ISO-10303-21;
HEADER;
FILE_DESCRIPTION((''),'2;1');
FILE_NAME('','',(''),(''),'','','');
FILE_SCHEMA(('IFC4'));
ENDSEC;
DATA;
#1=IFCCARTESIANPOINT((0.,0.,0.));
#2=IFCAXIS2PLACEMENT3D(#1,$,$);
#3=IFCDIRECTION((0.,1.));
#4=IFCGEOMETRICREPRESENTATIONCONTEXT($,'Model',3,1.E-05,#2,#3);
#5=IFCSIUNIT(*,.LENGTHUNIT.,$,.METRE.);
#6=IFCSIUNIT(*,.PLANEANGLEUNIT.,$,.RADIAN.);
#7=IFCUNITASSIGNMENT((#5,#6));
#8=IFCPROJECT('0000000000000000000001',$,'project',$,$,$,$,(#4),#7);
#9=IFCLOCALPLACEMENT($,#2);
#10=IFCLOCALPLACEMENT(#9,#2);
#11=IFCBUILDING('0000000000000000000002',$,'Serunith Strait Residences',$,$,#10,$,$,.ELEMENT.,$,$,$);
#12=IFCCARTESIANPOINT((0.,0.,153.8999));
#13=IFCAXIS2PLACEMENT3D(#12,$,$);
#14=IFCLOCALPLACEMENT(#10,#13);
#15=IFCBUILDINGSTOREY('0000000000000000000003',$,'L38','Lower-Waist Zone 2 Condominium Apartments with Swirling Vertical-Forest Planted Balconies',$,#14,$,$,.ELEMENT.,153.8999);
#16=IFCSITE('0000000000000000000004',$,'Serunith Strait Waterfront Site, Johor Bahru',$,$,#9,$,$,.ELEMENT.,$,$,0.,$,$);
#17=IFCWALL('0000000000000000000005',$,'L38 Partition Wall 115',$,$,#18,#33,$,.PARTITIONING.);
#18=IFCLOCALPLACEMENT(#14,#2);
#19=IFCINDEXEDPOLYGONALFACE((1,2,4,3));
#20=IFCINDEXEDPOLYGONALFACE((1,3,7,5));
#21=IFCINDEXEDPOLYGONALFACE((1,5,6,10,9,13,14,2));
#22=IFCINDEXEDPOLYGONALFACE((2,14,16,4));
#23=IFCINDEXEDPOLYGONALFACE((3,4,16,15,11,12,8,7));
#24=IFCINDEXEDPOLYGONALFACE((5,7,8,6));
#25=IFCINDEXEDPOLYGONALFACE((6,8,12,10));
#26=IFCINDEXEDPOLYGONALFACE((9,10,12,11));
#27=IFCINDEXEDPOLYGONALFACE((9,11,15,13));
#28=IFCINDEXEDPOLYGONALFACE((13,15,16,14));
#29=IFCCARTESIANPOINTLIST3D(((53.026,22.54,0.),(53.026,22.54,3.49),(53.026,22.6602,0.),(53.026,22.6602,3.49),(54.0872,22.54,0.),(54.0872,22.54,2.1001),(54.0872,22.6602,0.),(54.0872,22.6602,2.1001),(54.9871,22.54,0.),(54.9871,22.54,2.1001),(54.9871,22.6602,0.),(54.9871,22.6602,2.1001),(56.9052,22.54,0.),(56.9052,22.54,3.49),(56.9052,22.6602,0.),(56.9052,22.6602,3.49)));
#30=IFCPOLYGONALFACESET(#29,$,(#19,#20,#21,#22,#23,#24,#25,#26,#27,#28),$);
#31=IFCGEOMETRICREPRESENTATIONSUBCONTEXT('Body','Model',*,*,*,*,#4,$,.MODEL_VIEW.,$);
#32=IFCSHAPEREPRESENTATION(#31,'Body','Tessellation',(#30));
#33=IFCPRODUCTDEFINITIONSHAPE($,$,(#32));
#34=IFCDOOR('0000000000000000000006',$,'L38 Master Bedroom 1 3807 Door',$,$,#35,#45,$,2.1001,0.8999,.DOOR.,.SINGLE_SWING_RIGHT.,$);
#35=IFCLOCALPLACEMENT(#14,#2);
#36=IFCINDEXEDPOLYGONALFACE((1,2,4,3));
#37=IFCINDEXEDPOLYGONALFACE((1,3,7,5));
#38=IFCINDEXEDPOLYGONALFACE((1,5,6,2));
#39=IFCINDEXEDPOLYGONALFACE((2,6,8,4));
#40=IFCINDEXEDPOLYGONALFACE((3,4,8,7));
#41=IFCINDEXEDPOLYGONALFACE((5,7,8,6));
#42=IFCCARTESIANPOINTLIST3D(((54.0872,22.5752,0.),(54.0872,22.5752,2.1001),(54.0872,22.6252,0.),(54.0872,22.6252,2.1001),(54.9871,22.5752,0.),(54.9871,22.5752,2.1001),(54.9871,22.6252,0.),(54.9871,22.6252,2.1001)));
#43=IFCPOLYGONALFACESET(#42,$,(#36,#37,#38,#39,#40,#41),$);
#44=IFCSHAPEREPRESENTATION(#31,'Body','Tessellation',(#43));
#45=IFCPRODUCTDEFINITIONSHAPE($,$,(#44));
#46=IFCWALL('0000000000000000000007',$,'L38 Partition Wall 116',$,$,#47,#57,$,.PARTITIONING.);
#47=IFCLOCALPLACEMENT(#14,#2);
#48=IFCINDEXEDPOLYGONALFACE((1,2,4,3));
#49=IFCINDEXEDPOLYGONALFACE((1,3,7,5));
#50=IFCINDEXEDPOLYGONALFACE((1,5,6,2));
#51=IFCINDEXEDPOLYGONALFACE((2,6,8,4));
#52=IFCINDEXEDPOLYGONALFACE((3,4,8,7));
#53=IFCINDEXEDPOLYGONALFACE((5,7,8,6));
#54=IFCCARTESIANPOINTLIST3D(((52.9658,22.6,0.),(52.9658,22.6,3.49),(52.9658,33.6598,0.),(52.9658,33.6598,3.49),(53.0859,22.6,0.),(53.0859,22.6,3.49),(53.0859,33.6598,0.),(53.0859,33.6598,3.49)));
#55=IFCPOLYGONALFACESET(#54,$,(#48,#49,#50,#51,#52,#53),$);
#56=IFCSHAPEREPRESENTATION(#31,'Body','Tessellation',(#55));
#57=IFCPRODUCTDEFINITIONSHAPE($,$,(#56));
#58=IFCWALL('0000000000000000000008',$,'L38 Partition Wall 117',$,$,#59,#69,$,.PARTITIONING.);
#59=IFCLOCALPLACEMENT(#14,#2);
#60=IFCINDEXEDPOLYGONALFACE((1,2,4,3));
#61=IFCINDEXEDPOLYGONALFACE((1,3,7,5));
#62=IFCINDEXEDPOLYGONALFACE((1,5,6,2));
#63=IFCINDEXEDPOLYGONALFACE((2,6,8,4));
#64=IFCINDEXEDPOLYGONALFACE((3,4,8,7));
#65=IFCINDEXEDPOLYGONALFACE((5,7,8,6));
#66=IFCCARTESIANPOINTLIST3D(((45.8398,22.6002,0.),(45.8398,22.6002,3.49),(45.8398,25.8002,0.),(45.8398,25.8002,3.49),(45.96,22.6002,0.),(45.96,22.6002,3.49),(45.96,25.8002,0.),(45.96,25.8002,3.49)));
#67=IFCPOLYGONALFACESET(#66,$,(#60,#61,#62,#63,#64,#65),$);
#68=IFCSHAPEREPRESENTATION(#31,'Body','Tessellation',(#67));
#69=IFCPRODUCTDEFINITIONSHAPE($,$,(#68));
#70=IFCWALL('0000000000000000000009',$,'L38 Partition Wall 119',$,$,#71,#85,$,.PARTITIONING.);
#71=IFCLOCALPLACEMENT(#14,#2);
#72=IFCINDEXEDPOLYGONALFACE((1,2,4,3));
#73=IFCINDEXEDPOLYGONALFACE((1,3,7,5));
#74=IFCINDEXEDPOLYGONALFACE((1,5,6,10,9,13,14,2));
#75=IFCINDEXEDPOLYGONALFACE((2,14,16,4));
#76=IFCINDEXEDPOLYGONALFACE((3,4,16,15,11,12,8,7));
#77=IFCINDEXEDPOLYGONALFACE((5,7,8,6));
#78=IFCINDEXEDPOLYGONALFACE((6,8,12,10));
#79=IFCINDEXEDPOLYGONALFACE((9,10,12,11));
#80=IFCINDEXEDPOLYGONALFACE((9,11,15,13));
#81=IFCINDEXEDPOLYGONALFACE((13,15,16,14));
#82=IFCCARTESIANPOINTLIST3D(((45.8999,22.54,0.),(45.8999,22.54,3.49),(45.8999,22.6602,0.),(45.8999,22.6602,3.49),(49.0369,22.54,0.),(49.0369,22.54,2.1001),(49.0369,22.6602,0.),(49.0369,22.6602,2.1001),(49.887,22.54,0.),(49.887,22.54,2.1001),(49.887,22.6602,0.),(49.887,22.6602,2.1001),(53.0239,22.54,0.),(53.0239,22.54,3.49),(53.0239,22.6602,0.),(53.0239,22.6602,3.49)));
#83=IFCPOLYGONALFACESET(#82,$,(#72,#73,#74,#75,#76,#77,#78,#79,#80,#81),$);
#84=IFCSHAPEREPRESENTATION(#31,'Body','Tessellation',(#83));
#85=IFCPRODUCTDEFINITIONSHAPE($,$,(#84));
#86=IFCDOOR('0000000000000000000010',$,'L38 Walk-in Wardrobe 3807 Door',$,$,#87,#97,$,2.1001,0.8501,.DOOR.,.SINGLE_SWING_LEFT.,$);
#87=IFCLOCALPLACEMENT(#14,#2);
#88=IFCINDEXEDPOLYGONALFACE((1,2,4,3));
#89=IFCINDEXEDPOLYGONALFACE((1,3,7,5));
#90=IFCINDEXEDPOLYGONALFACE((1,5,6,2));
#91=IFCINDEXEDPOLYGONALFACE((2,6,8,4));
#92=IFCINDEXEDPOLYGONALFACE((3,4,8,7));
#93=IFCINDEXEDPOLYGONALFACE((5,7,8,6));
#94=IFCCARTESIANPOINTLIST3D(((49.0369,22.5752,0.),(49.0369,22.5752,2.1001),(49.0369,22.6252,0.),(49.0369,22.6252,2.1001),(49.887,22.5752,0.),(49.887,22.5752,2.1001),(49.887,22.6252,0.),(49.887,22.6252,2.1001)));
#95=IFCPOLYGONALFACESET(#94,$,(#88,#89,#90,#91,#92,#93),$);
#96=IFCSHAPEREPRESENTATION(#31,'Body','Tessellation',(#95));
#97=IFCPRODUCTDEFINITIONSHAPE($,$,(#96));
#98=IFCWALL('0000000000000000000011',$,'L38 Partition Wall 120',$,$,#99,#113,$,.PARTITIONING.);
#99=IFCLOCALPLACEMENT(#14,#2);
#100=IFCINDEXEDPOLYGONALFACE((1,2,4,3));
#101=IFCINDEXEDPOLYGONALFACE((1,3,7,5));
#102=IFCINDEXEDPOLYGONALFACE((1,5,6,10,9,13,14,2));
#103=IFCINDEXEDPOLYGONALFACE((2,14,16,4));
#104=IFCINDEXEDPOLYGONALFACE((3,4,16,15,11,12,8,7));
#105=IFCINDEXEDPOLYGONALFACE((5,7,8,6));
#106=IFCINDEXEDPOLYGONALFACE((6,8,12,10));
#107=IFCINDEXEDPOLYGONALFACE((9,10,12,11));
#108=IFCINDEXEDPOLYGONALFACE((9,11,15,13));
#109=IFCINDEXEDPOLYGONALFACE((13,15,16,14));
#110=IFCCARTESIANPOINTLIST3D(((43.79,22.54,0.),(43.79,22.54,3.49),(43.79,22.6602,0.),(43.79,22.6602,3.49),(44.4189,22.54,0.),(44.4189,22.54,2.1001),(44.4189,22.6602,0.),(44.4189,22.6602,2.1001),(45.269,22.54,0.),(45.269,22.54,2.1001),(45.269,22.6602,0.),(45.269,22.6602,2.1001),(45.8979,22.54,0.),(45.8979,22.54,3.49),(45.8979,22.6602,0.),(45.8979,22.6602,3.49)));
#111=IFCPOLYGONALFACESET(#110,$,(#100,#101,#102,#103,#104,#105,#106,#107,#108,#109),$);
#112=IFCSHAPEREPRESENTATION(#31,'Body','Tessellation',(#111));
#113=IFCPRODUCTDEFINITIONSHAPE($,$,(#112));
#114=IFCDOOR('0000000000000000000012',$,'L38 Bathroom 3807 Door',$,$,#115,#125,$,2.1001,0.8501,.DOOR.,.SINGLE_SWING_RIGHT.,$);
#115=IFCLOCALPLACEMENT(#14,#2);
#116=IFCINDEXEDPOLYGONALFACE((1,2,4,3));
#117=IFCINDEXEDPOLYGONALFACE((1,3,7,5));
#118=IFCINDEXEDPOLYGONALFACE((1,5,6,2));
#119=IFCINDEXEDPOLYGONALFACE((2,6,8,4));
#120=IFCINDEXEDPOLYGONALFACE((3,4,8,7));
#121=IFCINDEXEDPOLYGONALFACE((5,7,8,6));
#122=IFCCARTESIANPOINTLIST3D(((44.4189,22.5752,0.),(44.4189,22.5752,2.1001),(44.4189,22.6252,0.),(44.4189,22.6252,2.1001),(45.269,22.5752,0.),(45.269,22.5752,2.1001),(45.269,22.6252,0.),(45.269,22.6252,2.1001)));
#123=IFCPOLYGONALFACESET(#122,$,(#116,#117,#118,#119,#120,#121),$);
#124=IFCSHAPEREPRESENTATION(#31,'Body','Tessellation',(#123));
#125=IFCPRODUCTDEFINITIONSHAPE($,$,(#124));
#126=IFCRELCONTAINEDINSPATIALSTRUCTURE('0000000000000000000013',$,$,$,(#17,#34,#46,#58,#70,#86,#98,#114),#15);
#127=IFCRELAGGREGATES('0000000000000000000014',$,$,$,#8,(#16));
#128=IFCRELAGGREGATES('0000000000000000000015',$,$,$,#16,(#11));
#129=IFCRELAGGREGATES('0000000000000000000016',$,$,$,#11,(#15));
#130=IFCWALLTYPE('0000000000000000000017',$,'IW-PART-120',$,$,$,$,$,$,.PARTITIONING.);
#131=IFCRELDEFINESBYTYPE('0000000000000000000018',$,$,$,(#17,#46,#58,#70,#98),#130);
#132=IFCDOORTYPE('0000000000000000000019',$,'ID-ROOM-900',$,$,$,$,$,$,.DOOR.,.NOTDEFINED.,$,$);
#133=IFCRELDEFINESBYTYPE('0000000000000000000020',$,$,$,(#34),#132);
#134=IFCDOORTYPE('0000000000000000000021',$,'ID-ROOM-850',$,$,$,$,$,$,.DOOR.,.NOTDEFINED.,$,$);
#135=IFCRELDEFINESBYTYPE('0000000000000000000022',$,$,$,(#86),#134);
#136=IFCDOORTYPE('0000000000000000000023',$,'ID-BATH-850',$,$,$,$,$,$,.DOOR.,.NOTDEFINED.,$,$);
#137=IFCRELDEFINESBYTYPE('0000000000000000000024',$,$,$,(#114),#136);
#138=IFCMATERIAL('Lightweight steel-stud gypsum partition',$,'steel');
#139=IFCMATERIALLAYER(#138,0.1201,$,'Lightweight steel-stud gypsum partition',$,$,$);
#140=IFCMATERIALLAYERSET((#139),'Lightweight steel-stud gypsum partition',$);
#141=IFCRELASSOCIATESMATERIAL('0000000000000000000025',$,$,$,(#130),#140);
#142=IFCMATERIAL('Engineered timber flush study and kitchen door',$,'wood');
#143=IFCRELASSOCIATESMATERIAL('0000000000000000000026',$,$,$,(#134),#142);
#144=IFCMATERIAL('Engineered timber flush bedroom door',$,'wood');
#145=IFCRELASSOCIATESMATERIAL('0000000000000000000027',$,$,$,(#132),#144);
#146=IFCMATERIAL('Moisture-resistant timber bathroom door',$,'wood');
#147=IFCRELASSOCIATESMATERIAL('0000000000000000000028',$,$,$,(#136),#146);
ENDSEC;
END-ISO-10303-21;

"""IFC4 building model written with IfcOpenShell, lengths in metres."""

from ifc_helpers import new_model, si_unit, direction, frame, frame_2d, origin, place, context, subcontext, project, spatial, rectangle, extrude, source, transform, mapped, material, layer, layer_set, type_object, element, fill, save


model = new_model("IFC4")

# Units and contexts
model_context = context("Model", 3, precision=1e-05, world=origin(), true_north=direction((0.0, 1.0)))
body_context = subcontext(model_context, "Body", "Model", "MODEL_VIEW")
ifc_project = project(units=[si_unit("LENGTHUNIT", "METRE"), si_unit("PLANEANGLEUNIT", "RADIAN")], contexts=[model_context])

# Site, building, storey
site_placement = place(None, origin())
site = spatial("IfcSite", under=ifc_project, at=site_placement, Name="Serunith Strait Waterfront Site, Johor Bahru", CompositionType="ELEMENT", RefElevation=0.0)
building_placement = place(site_placement, origin())
building = spatial("IfcBuilding", under=site, at=building_placement, Name="Serunith Strait Residences", CompositionType="ELEMENT")
storey_placement = place(building_placement, frame((0.0, 0.0, 153.8999)))
storey = spatial("IfcBuildingStorey", under=building, at=storey_placement, Name="L38", Description="Lower-Waist Zone 2 Condominium Apartments with Swirling Vertical-Forest Planted Balconies", CompositionType="ELEMENT", Elevation=153.8999)

# Shared definitions
ifc_material_1 = material(Name="Lightweight steel-stud gypsum partition", Category="steel")
ifc_layer_1 = layer(ifc_material_1, 0.1201, Name="Lightweight steel-stud gypsum partition")
ifc_layer_set_1 = layer_set([ifc_layer_1], Name="Lightweight steel-stud gypsum partition")
wall_type = type_object("IfcWallType", Name="IW-PART-120", PredefinedType="PARTITIONING", material=ifc_layer_set_1)
ifc_material_2 = material(Name="Engineered timber flush study and kitchen door", Category="wood")
door_type_1 = type_object("IfcDoorType", Name="ID-ROOM-850", OperationType="NOTDEFINED", PredefinedType="DOOR", material=ifc_material_2)
shared_shape_1 = source(origin(), body_context, "Body", "SweptSolid", [
    extrude(rectangle(XDim=0.8501, YDim=2.1001, at=frame_2d((0.425, 1.05))), frame((0.0, 0.0249, 0.0), z_axis=(0.0, -1.0, 0.0), x_axis=(1.0, 0.0, 0.0)), (0.0, 0.0, 1.0), 0.05),
])
ifc_material_3 = material(Name="Engineered timber flush bedroom door", Category="wood")
door_type_2 = type_object("IfcDoorType", Name="ID-ROOM-900", OperationType="NOTDEFINED", PredefinedType="DOOR", material=ifc_material_3)
shared_shape_2 = source(origin(), body_context, "Body", "SweptSolid", [
    extrude(rectangle(XDim=0.8999, YDim=2.1001, at=frame_2d((0.45, 1.05))), frame((0.0, 0.0249, 0.0), z_axis=(0.0, -1.0, 0.0), x_axis=(1.0, 0.0, 0.0)), (0.0, 0.0, 1.0), 0.05),
])

# Wall, opening, door
wall_1_placement = place(storey_placement, frame((56.905, 22.6001, 0.0), z_axis=(0.0, 0.0, 1.0), x_axis=(-1.0, 0.0, 0.0)))
wall_1 = element("IfcWall", 1, at=wall_1_placement, inside=storey, type_object=wall_type, Name="L38 Partition Wall 115", PredefinedType="PARTITIONING", context=body_context, shape_type="SweptSolid", body=[
    extrude(rectangle(XDim=3.8792, YDim=0.1201, at=frame_2d((1.9395, 0.0))), origin(), (0.0, 0.0, 1.0), 3.49),
])
opening_1_placement = place(wall_1_placement, frame((1.918, 0.0, 0.0)))
opening_1 = element("IfcOpeningElement", 2, at=opening_1_placement, cuts=wall_1, PredefinedType="OPENING", context=body_context, shape_type="SweptSolid", body=[
    extrude(rectangle(XDim=0.8999, YDim=2.1001, at=frame_2d((0.45, 1.05))), frame((0.0, 0.0701, 0.0), z_axis=(0.0, -1.0, 0.0), x_axis=(1.0, 0.0, 0.0)), (0.0, 0.0, 1.0), 0.1401),
])
door_1_placement = place(opening_1_placement, origin())
door_1 = element("IfcDoor", 3, at=door_1_placement, inside=storey, type_object=door_type_2, Name="L38 Master Bedroom 1 3807 Door", OperationType="SINGLE_SWING_RIGHT", OverallHeight=2.1001, OverallWidth=0.8999, PredefinedType="DOOR", context=body_context, shape_type="MappedRepresentation", body=[
    mapped(shared_shape_2, transform((0.0, 0.0, 0.0), scale=1.0)),
])
fill(opening_1, door_1)

# Walls
wall_2_placement = place(storey_placement, frame((53.0259, 22.6001, 0.0), z_axis=(0.0, 0.0, 1.0), x_axis=(0.0, 1.0, 0.0)))
element("IfcWall", 4, at=wall_2_placement, inside=storey, type_object=wall_type, Name="L38 Partition Wall 116", PredefinedType="PARTITIONING", context=body_context, shape_type="SweptSolid", body=[
    extrude(rectangle(XDim=11.0598, YDim=0.1201, at=frame_2d((5.5298, 0.0))), origin(), (0.0, 0.0, 1.0), 3.49),
])
wall_3_placement = place(storey_placement, frame((45.8999, 22.6001, 0.0), z_axis=(0.0, 0.0, 1.0), x_axis=(0.0, 1.0, 0.0)))
element("IfcWall", 5, at=wall_3_placement, inside=storey, type_object=wall_type, Name="L38 Partition Wall 117", PredefinedType="PARTITIONING", context=body_context, shape_type="SweptSolid", body=[
    extrude(rectangle(XDim=3.2, YDim=0.1201, at=frame_2d((1.6001, 0.0))), origin(), (0.0, 0.0, 1.0), 3.49),
])

# Walls, openings, doors
wall_4_placement = place(storey_placement, frame((53.0239, 22.6001, 0.0), z_axis=(0.0, 0.0, 1.0), x_axis=(-1.0, 0.0, 0.0)))
wall_4 = element("IfcWall", 6, at=wall_4_placement, inside=storey, type_object=wall_type, Name="L38 Partition Wall 119", PredefinedType="PARTITIONING", context=body_context, shape_type="SweptSolid", body=[
    extrude(rectangle(XDim=7.124, YDim=0.1201, at=frame_2d((3.562, 0.0))), origin(), (0.0, 0.0, 1.0), 3.49),
])
opening_2_placement = place(wall_4_placement, frame((3.137, 0.0, 0.0)))
opening_2 = element("IfcOpeningElement", 7, at=opening_2_placement, cuts=wall_4, PredefinedType="OPENING", context=body_context, shape_type="SweptSolid", body=[
    extrude(rectangle(XDim=0.8501, YDim=2.1001, at=frame_2d((0.425, 1.05))), frame((0.0, 0.0701, 0.0), z_axis=(0.0, -1.0, 0.0), x_axis=(1.0, 0.0, 0.0)), (0.0, 0.0, 1.0), 0.1401),
])
door_2_placement = place(opening_2_placement, origin())
door_2 = element("IfcDoor", 8, at=door_2_placement, inside=storey, type_object=door_type_1, Name="L38 Walk-in Wardrobe 3807 Door", OperationType="SINGLE_SWING_LEFT", OverallHeight=2.1001, OverallWidth=0.8501, PredefinedType="DOOR", context=body_context, shape_type="MappedRepresentation", body=[
    mapped(shared_shape_1, transform((0.0, 0.0, 0.0), scale=1.0)),
])
fill(opening_2, door_2)
wall_5_placement = place(storey_placement, frame((45.8979, 22.6001, 0.0), z_axis=(0.0, 0.0, 1.0), x_axis=(-1.0, 0.0, 0.0)))
wall_5 = element("IfcWall", 9, at=wall_5_placement, inside=storey, type_object=wall_type, Name="L38 Partition Wall 120", PredefinedType="PARTITIONING", context=body_context, shape_type="SweptSolid", body=[
    extrude(rectangle(XDim=2.1079, YDim=0.1201, at=frame_2d((1.054, 0.0))), origin(), (0.0, 0.0, 1.0), 3.49),
])
opening_3_placement = place(wall_5_placement, frame((0.6289, 0.0, 0.0)))
opening_3 = element("IfcOpeningElement", 10, at=opening_3_placement, cuts=wall_5, PredefinedType="OPENING", context=body_context, shape_type="SweptSolid", body=[
    extrude(rectangle(XDim=0.8501, YDim=2.1001, at=frame_2d((0.425, 1.05))), frame((0.0, 0.0701, 0.0), z_axis=(0.0, -1.0, 0.0), x_axis=(1.0, 0.0, 0.0)), (0.0, 0.0, 1.0), 0.1401),
])
ifc_material_4 = material(Name="Moisture-resistant timber bathroom door", Category="wood")
door_type_3 = type_object("IfcDoorType", Name="ID-BATH-850", OperationType="NOTDEFINED", PredefinedType="DOOR", material=ifc_material_4)
door_3_placement = place(opening_3_placement, origin())
door_3 = element("IfcDoor", 11, at=door_3_placement, inside=storey, type_object=door_type_3, Name="L38 Bathroom 3807 Door", OperationType="SINGLE_SWING_RIGHT", OverallHeight=2.1001, OverallWidth=0.8501, PredefinedType="DOOR", context=body_context, shape_type="MappedRepresentation", body=[
    mapped(shared_shape_1, transform((0.0, 0.0, 0.0), scale=1.0)),
])
fill(opening_3, door_3)

save(model, "model.ifc")
